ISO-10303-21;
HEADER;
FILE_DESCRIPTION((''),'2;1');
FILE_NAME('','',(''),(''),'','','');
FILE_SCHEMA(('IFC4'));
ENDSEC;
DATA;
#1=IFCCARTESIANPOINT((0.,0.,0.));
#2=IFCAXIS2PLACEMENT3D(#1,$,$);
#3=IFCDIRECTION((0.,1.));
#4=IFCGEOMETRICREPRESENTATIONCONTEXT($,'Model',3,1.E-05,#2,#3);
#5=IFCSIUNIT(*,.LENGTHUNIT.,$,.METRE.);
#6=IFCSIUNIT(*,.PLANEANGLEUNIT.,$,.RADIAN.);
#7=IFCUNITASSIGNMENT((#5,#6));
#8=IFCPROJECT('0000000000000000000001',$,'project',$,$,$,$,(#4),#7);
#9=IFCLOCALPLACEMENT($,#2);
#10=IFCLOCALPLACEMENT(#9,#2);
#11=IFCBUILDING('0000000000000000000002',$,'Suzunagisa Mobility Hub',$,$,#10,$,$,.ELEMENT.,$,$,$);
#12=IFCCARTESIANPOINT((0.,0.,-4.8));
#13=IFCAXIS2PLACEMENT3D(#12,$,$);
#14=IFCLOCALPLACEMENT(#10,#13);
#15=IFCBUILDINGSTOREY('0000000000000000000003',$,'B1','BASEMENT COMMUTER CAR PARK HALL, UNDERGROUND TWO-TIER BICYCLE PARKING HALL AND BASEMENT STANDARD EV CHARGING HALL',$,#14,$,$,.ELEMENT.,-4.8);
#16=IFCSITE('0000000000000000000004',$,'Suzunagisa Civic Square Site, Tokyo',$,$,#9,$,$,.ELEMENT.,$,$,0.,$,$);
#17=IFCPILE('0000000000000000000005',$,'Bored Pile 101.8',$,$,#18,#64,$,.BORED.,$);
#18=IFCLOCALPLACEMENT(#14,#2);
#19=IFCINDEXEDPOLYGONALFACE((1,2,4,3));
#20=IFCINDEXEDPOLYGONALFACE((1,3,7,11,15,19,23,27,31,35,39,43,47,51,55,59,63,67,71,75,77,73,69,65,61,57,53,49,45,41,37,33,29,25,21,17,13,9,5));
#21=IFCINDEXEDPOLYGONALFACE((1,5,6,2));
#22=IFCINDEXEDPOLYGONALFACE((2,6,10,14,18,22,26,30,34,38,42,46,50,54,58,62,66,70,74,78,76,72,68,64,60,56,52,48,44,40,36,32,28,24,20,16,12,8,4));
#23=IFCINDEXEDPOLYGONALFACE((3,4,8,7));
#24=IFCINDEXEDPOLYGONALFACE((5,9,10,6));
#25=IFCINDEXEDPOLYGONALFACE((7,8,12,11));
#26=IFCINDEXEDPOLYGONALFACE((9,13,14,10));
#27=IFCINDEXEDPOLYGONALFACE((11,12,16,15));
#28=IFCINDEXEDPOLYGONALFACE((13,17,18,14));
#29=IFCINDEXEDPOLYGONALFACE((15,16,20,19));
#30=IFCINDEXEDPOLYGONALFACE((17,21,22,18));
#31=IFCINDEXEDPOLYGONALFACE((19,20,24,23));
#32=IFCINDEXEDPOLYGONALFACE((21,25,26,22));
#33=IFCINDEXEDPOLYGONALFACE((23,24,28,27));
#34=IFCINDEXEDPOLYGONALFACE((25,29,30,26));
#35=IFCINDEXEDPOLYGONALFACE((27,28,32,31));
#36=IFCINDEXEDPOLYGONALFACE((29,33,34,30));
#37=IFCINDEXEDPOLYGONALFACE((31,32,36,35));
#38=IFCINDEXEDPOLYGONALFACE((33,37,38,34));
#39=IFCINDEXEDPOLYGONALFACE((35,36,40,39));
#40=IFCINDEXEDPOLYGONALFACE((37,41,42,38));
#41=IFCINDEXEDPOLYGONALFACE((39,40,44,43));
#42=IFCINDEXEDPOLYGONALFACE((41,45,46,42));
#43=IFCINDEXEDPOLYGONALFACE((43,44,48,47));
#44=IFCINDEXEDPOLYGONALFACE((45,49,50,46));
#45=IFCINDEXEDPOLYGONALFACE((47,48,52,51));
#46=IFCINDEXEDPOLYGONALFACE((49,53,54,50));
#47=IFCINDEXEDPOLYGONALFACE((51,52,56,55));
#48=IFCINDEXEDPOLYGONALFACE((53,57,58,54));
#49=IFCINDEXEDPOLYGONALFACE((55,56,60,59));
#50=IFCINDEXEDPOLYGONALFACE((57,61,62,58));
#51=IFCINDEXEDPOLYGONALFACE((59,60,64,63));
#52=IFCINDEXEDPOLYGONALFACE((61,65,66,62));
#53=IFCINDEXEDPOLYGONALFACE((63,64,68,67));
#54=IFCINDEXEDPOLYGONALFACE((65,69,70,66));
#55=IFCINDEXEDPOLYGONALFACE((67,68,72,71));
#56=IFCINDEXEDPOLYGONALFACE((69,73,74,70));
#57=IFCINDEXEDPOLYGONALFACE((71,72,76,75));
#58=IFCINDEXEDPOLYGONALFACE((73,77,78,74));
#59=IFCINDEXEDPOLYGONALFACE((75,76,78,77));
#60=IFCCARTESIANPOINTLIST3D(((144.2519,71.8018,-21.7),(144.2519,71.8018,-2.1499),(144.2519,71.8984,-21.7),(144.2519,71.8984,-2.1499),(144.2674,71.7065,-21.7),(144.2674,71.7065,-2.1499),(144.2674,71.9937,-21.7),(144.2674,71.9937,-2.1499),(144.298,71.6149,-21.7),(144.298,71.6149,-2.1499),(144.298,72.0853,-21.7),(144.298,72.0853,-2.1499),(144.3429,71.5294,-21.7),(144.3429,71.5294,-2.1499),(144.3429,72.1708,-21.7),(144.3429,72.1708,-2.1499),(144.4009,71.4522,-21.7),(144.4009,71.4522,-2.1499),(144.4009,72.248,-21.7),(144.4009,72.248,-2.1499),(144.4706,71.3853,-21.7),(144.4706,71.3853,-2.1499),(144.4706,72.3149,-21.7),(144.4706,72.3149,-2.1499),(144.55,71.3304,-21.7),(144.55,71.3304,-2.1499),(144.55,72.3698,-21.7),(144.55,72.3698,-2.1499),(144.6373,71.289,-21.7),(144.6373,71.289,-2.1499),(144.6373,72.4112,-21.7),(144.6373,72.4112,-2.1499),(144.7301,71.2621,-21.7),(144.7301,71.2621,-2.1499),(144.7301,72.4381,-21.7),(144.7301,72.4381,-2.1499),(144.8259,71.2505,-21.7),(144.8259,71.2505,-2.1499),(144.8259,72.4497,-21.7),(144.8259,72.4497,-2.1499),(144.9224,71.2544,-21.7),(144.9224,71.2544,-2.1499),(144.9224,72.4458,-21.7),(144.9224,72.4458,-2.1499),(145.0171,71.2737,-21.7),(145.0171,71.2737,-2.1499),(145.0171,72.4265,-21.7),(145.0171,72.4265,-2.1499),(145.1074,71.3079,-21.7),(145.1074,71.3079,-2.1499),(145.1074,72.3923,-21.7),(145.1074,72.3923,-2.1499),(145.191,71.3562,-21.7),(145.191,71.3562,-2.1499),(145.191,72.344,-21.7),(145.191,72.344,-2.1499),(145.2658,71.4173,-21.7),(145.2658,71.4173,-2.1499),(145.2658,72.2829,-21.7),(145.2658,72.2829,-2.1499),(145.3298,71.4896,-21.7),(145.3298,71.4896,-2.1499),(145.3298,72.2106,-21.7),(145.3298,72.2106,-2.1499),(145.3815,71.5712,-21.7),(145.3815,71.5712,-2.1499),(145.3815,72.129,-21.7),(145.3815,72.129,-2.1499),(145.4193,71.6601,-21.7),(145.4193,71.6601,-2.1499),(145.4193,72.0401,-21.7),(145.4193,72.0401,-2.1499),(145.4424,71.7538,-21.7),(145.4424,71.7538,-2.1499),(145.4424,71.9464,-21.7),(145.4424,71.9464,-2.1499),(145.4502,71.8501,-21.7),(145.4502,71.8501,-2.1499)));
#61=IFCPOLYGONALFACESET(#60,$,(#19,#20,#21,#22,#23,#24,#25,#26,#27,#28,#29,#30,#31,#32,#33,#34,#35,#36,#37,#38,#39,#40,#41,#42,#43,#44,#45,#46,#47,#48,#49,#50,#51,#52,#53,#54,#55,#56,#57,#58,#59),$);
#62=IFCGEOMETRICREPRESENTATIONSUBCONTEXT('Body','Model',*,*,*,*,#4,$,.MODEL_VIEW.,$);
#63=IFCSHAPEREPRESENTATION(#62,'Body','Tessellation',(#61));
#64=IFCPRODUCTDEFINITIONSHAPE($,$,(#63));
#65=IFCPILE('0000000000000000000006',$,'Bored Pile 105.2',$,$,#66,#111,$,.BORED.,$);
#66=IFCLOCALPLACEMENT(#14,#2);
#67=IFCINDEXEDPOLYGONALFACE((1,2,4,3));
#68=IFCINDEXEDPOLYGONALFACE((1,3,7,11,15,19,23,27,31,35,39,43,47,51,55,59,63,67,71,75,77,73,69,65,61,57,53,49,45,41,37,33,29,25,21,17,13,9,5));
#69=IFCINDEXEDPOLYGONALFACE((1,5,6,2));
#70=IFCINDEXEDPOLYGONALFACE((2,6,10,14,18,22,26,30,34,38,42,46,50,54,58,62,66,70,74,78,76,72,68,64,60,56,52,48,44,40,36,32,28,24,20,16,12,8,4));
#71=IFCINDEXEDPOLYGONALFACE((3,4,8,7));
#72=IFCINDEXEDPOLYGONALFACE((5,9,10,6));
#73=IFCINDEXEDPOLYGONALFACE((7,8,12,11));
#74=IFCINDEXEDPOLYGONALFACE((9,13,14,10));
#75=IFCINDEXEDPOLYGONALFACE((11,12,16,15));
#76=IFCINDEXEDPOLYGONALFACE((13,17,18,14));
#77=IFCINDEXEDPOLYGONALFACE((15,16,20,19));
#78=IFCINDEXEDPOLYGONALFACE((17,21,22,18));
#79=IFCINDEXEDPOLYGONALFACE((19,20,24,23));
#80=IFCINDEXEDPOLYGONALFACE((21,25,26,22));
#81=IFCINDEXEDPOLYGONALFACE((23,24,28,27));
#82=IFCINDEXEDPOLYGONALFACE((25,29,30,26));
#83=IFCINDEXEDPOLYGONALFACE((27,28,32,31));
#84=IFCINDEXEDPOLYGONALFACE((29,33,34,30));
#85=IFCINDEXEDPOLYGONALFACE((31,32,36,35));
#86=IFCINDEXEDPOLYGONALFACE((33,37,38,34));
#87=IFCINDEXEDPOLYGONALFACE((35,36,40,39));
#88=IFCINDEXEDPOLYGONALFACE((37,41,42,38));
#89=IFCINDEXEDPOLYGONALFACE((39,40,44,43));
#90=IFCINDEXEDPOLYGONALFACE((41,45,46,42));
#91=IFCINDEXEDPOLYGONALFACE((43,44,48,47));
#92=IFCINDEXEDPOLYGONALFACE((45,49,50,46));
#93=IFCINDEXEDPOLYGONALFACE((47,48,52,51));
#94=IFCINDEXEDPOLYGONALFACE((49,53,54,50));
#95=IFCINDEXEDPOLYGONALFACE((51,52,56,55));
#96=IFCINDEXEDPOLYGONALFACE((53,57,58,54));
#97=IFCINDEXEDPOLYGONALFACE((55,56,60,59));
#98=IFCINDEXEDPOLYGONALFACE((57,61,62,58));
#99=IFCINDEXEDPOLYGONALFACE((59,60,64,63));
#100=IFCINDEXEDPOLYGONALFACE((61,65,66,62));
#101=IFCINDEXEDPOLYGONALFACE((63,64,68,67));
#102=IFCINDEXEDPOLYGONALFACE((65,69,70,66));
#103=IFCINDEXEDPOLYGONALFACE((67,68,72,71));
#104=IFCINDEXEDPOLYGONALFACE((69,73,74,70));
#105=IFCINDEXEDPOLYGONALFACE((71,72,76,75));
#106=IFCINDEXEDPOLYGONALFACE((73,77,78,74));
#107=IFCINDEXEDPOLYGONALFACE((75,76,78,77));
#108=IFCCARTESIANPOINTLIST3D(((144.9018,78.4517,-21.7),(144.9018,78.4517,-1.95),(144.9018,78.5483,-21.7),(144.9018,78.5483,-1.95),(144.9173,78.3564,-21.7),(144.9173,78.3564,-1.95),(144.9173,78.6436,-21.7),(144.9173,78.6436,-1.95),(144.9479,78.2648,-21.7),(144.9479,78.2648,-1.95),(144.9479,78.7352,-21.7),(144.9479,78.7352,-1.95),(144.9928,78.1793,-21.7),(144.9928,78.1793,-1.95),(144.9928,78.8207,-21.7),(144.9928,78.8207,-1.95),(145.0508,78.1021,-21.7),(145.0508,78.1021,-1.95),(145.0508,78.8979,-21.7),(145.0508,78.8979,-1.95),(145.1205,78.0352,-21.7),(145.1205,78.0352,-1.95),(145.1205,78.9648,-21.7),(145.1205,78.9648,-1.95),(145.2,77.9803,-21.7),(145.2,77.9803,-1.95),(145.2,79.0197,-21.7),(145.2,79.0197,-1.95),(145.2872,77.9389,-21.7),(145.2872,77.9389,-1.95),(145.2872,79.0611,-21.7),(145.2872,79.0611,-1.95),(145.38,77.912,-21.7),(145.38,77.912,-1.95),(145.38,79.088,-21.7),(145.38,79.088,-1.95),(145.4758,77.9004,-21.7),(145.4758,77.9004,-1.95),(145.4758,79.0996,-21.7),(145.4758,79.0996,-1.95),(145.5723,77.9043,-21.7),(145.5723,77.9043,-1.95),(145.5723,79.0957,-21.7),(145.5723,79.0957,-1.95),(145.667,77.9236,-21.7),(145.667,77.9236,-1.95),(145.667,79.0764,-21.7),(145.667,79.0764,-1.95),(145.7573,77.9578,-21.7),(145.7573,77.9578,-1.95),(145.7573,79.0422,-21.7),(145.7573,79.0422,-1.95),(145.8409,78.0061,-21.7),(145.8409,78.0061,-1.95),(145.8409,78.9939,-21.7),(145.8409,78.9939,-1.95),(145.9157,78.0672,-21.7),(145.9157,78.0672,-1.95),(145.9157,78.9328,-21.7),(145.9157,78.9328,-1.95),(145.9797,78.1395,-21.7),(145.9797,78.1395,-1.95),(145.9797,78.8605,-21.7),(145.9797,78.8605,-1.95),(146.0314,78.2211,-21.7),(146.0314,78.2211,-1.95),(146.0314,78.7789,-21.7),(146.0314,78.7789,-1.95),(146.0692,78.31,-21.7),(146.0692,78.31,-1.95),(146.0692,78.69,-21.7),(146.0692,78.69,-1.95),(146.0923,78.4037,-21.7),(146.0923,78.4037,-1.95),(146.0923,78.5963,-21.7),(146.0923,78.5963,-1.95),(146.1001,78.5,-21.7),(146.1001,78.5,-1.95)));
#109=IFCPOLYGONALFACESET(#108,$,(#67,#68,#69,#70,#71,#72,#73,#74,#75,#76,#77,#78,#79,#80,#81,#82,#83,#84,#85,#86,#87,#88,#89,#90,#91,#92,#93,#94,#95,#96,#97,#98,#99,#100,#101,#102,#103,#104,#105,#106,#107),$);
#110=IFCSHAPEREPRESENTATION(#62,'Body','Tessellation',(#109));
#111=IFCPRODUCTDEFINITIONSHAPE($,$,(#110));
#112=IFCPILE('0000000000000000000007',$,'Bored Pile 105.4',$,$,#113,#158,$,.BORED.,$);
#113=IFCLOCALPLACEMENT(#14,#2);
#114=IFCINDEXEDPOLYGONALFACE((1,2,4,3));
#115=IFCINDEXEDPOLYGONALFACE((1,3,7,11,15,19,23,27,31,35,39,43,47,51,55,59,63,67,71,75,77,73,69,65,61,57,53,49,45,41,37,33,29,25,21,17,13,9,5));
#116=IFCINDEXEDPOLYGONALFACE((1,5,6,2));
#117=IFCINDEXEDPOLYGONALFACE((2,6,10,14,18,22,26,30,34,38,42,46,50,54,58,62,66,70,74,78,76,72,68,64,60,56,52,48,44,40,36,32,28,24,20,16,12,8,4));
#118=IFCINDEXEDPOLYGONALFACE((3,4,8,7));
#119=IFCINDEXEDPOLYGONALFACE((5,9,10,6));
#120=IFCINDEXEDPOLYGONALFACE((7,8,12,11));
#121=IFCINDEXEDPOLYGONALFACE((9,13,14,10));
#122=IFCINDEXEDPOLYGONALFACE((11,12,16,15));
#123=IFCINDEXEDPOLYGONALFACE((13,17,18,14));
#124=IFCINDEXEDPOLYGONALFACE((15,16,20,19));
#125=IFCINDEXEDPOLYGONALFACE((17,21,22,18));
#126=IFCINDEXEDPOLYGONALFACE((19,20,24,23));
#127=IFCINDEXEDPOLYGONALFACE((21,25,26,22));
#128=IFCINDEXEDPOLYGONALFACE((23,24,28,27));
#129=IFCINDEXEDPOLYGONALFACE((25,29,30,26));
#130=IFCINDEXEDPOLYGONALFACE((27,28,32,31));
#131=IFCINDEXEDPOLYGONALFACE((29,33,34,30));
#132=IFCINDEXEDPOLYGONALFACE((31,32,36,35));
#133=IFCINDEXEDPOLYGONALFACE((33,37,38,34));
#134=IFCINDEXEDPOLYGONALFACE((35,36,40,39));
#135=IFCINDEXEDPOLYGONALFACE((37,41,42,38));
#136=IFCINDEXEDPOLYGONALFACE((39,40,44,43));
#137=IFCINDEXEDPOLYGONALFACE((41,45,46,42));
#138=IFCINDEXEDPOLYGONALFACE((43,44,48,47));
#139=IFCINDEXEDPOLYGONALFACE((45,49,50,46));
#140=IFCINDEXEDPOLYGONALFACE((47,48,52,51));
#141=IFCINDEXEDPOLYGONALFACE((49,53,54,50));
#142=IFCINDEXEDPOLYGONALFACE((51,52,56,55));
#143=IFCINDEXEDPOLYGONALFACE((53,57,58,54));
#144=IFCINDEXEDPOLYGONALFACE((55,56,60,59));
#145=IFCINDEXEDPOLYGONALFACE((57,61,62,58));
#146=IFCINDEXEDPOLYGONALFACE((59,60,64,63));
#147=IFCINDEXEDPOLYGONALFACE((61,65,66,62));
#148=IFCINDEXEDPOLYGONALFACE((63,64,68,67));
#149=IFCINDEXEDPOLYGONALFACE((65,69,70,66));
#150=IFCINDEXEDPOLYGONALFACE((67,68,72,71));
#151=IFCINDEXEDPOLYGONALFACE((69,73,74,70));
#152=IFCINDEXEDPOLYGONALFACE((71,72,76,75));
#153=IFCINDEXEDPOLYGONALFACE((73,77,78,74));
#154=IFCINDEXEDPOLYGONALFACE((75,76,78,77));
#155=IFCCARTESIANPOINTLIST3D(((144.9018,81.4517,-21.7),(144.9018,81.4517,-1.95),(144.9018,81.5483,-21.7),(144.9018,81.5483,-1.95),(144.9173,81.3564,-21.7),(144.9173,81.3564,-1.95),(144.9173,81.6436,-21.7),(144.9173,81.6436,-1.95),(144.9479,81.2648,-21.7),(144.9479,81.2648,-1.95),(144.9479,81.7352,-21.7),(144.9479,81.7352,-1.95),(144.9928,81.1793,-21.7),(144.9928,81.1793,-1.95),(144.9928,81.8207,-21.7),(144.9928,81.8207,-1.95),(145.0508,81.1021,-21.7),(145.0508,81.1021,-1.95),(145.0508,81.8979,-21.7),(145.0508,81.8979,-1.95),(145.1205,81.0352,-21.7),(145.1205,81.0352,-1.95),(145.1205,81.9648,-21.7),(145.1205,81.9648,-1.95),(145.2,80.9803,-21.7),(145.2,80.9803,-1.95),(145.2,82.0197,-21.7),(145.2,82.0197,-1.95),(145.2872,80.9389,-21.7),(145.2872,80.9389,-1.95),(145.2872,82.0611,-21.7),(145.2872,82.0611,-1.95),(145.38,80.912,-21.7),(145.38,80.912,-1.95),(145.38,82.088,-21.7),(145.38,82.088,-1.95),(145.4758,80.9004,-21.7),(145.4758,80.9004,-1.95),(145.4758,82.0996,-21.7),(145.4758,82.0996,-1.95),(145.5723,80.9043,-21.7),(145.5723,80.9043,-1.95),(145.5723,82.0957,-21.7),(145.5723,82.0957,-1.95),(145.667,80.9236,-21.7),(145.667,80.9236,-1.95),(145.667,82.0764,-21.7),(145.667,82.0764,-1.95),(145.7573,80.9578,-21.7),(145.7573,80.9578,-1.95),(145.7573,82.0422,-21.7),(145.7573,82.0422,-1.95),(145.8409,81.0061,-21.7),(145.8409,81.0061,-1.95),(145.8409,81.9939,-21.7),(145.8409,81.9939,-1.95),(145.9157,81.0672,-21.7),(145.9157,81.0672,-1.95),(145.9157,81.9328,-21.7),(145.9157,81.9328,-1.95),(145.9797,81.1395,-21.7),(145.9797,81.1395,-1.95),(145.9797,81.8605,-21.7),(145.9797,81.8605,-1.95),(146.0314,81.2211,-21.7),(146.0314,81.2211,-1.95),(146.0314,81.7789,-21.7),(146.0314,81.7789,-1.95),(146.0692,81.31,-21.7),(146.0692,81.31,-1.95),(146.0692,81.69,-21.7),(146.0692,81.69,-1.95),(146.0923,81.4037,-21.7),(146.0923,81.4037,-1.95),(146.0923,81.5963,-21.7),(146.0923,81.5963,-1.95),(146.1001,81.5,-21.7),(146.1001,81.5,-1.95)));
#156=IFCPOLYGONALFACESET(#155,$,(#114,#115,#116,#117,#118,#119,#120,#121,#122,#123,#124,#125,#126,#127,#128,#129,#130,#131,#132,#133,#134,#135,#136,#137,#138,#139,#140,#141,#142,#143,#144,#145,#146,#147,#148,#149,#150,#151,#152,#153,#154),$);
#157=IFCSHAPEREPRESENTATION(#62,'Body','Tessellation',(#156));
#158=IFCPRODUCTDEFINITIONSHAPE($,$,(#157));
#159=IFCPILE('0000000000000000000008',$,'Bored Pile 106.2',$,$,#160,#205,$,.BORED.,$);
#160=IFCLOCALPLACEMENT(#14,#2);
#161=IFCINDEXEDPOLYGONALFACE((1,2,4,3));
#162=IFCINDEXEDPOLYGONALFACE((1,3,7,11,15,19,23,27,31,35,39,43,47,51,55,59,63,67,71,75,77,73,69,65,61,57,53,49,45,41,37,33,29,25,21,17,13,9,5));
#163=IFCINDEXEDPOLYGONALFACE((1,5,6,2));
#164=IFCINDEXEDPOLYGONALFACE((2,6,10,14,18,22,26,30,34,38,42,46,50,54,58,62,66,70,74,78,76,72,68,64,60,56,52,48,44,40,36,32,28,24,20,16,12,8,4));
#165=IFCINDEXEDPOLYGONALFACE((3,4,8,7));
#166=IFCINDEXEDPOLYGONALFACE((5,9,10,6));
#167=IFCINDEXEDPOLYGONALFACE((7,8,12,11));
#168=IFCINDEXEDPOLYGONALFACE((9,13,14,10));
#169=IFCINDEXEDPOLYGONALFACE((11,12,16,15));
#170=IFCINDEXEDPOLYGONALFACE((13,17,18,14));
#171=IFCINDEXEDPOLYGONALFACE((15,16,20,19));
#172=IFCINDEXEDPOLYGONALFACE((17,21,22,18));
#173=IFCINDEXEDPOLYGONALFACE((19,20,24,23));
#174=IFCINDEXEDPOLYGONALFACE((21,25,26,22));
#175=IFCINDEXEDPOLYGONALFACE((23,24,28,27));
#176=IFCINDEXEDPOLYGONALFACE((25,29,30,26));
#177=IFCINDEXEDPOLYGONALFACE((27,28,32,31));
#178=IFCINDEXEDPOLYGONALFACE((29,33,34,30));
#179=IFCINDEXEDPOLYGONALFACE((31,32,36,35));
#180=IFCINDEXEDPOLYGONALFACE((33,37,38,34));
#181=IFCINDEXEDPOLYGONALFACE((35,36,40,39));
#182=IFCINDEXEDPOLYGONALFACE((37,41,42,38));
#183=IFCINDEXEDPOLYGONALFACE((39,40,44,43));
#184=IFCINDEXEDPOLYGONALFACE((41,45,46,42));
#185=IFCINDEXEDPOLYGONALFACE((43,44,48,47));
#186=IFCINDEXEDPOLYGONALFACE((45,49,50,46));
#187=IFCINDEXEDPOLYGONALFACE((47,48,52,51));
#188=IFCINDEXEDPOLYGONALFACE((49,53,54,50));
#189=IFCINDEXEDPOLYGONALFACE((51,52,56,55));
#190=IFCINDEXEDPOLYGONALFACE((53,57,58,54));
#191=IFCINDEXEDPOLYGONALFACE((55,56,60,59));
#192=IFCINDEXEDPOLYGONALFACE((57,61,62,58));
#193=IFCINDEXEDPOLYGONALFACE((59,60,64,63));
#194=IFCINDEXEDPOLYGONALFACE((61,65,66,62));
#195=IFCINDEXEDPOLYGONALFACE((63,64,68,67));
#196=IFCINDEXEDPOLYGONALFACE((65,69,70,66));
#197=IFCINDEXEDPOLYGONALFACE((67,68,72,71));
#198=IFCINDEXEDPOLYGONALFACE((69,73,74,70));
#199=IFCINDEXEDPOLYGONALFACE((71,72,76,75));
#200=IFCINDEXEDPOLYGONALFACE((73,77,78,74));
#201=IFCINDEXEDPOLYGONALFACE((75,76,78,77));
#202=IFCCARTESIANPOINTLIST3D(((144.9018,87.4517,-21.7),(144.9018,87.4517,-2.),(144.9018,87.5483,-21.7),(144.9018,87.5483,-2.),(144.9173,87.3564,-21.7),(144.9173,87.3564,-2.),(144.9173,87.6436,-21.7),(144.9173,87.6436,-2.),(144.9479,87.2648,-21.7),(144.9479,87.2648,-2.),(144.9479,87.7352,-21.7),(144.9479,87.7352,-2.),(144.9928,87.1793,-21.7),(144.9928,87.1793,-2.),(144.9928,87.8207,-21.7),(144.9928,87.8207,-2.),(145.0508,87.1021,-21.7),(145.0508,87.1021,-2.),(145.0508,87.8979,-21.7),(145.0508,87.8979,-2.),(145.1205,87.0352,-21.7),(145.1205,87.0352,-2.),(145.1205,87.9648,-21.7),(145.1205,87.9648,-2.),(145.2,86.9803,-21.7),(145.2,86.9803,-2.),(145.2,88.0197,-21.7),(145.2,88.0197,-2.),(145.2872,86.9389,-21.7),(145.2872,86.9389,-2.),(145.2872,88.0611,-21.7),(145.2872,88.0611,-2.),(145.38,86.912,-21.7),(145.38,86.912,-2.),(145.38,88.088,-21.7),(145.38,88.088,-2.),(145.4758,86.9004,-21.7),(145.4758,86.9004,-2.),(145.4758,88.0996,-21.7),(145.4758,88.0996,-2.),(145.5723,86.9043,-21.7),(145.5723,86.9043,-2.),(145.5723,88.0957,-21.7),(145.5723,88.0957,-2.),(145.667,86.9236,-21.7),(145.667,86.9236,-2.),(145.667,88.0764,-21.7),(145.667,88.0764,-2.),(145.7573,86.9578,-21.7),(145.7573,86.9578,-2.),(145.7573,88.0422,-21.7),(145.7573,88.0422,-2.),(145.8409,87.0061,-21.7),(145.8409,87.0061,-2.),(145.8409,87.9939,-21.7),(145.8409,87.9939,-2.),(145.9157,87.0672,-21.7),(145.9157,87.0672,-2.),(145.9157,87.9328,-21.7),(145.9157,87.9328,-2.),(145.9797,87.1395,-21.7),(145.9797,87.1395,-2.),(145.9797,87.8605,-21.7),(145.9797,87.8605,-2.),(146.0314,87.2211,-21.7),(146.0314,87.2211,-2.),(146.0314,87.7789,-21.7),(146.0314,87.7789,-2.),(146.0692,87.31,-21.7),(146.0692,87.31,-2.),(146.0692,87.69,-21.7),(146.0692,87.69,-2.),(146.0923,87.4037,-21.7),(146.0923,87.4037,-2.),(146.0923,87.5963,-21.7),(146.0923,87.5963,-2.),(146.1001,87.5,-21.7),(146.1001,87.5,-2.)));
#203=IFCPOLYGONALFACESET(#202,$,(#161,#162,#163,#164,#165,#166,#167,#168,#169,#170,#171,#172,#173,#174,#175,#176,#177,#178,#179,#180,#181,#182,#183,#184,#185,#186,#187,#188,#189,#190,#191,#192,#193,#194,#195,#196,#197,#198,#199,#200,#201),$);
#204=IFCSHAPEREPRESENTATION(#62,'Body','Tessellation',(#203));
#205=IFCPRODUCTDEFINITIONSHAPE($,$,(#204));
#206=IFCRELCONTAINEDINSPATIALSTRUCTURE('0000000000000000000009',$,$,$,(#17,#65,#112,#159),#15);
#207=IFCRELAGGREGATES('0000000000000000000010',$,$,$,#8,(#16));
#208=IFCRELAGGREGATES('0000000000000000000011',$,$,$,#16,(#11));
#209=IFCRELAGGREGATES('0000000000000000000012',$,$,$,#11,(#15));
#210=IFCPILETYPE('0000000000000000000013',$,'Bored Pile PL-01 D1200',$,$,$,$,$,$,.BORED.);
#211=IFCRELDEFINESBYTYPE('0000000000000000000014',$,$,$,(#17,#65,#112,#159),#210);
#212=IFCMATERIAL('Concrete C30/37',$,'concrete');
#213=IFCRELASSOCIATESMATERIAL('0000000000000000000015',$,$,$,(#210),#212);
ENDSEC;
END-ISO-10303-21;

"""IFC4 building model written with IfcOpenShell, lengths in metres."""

from ifc_helpers import new_model, si_unit, direction, frame, origin, origin_2d, place, context, subcontext, project, spatial, circle, extrude, material, material_profile, profile_set, type_object, element, save


model = new_model("IFC4")

# Units and contexts
model_context = context("Model", 3, precision=1e-05, world=origin(), true_north=direction((0.0, 1.0)))
body_context = subcontext(model_context, "Body", "Model", "MODEL_VIEW")
ifc_project = project(units=[si_unit("LENGTHUNIT", "METRE"), si_unit("PLANEANGLEUNIT", "RADIAN")], contexts=[model_context])

# Site, building, storey
site_placement = place(None, origin())
site = spatial("IfcSite", under=ifc_project, at=site_placement, Name="Suzunagisa Civic Square Site, Tokyo", CompositionType="ELEMENT", RefElevation=0.0)
building_placement = place(site_placement, origin())
building = spatial("IfcBuilding", under=site, at=building_placement, Name="Suzunagisa Mobility Hub", CompositionType="ELEMENT")
storey_placement = place(building_placement, frame((0.0, 0.0, -4.8)))
storey = spatial("IfcBuildingStorey", under=building, at=storey_placement, Name="B1", Description="BASEMENT COMMUTER CAR PARK HALL, UNDERGROUND TWO-TIER BICYCLE PARKING HALL AND BASEMENT STANDARD EV CHARGING HALL", CompositionType="ELEMENT", Elevation=-4.8)

# Piles
ifc_material_1 = material(Name="Concrete C30/37", Category="concrete")
ifc_material_profile_1 = material_profile(ifc_material_1, circle(Radius=0.6001, at=origin_2d()), Name="BORED PILE D1200")
ifc_profile_set_1 = profile_set([ifc_material_profile_1], Name="Concrete C30/37")
pile_type = type_object("IfcPileType", Name="Bored Pile PL-01 D1200", PredefinedType="BORED", material=ifc_profile_set_1)
pile_1_placement = place(storey_placement, frame((144.8501, 71.8501, -2.1499), z_axis=(0.0, 0.0, -1.0), x_axis=(1.0, 0.0, 0.0)))
element("IfcPile", 1, at=pile_1_placement, inside=storey, type_object=pile_type, Name="Bored Pile 101.8", PredefinedType="BORED", context=body_context, shape_type="SweptSolid", body=[
    extrude(circle(Radius=0.6001, at=origin_2d()), origin(), (0.0, 0.0, 1.0), 19.55),
])
for number, where, z_axis, x_axis, name in (
    (2, (145.5, 78.5, -1.95), (0.0, 0.0, -1.0), (1.0, 0.0, 0.0), "Bored Pile 105.2"),
    (3, (145.5, 81.5, -1.95), (0.0, 0.0, -1.0), (1.0, 0.0, 0.0), "Bored Pile 105.4"),
):
    element("IfcPile", number, at=place(storey_placement, frame(where, z_axis=z_axis, x_axis=x_axis)), inside=storey, type_object=pile_type, Name=name, PredefinedType="BORED", context=body_context, shape_type="SweptSolid", body=[
        extrude(circle(Radius=0.6001, at=origin_2d()), origin(), (0.0, 0.0, 1.0), 19.75),
    ])
pile_2_placement = place(storey_placement, frame((145.5, 87.5, -2.0), z_axis=(0.0, 0.0, -1.0), x_axis=(1.0, 0.0, 0.0)))
element("IfcPile", 4, at=pile_2_placement, inside=storey, type_object=pile_type, Name="Bored Pile 106.2", PredefinedType="BORED", context=body_context, shape_type="SweptSolid", body=[
    extrude(circle(Radius=0.6001, at=origin_2d()), origin(), (0.0, 0.0, 1.0), 19.7),
])

save(model, "model.ifc")
